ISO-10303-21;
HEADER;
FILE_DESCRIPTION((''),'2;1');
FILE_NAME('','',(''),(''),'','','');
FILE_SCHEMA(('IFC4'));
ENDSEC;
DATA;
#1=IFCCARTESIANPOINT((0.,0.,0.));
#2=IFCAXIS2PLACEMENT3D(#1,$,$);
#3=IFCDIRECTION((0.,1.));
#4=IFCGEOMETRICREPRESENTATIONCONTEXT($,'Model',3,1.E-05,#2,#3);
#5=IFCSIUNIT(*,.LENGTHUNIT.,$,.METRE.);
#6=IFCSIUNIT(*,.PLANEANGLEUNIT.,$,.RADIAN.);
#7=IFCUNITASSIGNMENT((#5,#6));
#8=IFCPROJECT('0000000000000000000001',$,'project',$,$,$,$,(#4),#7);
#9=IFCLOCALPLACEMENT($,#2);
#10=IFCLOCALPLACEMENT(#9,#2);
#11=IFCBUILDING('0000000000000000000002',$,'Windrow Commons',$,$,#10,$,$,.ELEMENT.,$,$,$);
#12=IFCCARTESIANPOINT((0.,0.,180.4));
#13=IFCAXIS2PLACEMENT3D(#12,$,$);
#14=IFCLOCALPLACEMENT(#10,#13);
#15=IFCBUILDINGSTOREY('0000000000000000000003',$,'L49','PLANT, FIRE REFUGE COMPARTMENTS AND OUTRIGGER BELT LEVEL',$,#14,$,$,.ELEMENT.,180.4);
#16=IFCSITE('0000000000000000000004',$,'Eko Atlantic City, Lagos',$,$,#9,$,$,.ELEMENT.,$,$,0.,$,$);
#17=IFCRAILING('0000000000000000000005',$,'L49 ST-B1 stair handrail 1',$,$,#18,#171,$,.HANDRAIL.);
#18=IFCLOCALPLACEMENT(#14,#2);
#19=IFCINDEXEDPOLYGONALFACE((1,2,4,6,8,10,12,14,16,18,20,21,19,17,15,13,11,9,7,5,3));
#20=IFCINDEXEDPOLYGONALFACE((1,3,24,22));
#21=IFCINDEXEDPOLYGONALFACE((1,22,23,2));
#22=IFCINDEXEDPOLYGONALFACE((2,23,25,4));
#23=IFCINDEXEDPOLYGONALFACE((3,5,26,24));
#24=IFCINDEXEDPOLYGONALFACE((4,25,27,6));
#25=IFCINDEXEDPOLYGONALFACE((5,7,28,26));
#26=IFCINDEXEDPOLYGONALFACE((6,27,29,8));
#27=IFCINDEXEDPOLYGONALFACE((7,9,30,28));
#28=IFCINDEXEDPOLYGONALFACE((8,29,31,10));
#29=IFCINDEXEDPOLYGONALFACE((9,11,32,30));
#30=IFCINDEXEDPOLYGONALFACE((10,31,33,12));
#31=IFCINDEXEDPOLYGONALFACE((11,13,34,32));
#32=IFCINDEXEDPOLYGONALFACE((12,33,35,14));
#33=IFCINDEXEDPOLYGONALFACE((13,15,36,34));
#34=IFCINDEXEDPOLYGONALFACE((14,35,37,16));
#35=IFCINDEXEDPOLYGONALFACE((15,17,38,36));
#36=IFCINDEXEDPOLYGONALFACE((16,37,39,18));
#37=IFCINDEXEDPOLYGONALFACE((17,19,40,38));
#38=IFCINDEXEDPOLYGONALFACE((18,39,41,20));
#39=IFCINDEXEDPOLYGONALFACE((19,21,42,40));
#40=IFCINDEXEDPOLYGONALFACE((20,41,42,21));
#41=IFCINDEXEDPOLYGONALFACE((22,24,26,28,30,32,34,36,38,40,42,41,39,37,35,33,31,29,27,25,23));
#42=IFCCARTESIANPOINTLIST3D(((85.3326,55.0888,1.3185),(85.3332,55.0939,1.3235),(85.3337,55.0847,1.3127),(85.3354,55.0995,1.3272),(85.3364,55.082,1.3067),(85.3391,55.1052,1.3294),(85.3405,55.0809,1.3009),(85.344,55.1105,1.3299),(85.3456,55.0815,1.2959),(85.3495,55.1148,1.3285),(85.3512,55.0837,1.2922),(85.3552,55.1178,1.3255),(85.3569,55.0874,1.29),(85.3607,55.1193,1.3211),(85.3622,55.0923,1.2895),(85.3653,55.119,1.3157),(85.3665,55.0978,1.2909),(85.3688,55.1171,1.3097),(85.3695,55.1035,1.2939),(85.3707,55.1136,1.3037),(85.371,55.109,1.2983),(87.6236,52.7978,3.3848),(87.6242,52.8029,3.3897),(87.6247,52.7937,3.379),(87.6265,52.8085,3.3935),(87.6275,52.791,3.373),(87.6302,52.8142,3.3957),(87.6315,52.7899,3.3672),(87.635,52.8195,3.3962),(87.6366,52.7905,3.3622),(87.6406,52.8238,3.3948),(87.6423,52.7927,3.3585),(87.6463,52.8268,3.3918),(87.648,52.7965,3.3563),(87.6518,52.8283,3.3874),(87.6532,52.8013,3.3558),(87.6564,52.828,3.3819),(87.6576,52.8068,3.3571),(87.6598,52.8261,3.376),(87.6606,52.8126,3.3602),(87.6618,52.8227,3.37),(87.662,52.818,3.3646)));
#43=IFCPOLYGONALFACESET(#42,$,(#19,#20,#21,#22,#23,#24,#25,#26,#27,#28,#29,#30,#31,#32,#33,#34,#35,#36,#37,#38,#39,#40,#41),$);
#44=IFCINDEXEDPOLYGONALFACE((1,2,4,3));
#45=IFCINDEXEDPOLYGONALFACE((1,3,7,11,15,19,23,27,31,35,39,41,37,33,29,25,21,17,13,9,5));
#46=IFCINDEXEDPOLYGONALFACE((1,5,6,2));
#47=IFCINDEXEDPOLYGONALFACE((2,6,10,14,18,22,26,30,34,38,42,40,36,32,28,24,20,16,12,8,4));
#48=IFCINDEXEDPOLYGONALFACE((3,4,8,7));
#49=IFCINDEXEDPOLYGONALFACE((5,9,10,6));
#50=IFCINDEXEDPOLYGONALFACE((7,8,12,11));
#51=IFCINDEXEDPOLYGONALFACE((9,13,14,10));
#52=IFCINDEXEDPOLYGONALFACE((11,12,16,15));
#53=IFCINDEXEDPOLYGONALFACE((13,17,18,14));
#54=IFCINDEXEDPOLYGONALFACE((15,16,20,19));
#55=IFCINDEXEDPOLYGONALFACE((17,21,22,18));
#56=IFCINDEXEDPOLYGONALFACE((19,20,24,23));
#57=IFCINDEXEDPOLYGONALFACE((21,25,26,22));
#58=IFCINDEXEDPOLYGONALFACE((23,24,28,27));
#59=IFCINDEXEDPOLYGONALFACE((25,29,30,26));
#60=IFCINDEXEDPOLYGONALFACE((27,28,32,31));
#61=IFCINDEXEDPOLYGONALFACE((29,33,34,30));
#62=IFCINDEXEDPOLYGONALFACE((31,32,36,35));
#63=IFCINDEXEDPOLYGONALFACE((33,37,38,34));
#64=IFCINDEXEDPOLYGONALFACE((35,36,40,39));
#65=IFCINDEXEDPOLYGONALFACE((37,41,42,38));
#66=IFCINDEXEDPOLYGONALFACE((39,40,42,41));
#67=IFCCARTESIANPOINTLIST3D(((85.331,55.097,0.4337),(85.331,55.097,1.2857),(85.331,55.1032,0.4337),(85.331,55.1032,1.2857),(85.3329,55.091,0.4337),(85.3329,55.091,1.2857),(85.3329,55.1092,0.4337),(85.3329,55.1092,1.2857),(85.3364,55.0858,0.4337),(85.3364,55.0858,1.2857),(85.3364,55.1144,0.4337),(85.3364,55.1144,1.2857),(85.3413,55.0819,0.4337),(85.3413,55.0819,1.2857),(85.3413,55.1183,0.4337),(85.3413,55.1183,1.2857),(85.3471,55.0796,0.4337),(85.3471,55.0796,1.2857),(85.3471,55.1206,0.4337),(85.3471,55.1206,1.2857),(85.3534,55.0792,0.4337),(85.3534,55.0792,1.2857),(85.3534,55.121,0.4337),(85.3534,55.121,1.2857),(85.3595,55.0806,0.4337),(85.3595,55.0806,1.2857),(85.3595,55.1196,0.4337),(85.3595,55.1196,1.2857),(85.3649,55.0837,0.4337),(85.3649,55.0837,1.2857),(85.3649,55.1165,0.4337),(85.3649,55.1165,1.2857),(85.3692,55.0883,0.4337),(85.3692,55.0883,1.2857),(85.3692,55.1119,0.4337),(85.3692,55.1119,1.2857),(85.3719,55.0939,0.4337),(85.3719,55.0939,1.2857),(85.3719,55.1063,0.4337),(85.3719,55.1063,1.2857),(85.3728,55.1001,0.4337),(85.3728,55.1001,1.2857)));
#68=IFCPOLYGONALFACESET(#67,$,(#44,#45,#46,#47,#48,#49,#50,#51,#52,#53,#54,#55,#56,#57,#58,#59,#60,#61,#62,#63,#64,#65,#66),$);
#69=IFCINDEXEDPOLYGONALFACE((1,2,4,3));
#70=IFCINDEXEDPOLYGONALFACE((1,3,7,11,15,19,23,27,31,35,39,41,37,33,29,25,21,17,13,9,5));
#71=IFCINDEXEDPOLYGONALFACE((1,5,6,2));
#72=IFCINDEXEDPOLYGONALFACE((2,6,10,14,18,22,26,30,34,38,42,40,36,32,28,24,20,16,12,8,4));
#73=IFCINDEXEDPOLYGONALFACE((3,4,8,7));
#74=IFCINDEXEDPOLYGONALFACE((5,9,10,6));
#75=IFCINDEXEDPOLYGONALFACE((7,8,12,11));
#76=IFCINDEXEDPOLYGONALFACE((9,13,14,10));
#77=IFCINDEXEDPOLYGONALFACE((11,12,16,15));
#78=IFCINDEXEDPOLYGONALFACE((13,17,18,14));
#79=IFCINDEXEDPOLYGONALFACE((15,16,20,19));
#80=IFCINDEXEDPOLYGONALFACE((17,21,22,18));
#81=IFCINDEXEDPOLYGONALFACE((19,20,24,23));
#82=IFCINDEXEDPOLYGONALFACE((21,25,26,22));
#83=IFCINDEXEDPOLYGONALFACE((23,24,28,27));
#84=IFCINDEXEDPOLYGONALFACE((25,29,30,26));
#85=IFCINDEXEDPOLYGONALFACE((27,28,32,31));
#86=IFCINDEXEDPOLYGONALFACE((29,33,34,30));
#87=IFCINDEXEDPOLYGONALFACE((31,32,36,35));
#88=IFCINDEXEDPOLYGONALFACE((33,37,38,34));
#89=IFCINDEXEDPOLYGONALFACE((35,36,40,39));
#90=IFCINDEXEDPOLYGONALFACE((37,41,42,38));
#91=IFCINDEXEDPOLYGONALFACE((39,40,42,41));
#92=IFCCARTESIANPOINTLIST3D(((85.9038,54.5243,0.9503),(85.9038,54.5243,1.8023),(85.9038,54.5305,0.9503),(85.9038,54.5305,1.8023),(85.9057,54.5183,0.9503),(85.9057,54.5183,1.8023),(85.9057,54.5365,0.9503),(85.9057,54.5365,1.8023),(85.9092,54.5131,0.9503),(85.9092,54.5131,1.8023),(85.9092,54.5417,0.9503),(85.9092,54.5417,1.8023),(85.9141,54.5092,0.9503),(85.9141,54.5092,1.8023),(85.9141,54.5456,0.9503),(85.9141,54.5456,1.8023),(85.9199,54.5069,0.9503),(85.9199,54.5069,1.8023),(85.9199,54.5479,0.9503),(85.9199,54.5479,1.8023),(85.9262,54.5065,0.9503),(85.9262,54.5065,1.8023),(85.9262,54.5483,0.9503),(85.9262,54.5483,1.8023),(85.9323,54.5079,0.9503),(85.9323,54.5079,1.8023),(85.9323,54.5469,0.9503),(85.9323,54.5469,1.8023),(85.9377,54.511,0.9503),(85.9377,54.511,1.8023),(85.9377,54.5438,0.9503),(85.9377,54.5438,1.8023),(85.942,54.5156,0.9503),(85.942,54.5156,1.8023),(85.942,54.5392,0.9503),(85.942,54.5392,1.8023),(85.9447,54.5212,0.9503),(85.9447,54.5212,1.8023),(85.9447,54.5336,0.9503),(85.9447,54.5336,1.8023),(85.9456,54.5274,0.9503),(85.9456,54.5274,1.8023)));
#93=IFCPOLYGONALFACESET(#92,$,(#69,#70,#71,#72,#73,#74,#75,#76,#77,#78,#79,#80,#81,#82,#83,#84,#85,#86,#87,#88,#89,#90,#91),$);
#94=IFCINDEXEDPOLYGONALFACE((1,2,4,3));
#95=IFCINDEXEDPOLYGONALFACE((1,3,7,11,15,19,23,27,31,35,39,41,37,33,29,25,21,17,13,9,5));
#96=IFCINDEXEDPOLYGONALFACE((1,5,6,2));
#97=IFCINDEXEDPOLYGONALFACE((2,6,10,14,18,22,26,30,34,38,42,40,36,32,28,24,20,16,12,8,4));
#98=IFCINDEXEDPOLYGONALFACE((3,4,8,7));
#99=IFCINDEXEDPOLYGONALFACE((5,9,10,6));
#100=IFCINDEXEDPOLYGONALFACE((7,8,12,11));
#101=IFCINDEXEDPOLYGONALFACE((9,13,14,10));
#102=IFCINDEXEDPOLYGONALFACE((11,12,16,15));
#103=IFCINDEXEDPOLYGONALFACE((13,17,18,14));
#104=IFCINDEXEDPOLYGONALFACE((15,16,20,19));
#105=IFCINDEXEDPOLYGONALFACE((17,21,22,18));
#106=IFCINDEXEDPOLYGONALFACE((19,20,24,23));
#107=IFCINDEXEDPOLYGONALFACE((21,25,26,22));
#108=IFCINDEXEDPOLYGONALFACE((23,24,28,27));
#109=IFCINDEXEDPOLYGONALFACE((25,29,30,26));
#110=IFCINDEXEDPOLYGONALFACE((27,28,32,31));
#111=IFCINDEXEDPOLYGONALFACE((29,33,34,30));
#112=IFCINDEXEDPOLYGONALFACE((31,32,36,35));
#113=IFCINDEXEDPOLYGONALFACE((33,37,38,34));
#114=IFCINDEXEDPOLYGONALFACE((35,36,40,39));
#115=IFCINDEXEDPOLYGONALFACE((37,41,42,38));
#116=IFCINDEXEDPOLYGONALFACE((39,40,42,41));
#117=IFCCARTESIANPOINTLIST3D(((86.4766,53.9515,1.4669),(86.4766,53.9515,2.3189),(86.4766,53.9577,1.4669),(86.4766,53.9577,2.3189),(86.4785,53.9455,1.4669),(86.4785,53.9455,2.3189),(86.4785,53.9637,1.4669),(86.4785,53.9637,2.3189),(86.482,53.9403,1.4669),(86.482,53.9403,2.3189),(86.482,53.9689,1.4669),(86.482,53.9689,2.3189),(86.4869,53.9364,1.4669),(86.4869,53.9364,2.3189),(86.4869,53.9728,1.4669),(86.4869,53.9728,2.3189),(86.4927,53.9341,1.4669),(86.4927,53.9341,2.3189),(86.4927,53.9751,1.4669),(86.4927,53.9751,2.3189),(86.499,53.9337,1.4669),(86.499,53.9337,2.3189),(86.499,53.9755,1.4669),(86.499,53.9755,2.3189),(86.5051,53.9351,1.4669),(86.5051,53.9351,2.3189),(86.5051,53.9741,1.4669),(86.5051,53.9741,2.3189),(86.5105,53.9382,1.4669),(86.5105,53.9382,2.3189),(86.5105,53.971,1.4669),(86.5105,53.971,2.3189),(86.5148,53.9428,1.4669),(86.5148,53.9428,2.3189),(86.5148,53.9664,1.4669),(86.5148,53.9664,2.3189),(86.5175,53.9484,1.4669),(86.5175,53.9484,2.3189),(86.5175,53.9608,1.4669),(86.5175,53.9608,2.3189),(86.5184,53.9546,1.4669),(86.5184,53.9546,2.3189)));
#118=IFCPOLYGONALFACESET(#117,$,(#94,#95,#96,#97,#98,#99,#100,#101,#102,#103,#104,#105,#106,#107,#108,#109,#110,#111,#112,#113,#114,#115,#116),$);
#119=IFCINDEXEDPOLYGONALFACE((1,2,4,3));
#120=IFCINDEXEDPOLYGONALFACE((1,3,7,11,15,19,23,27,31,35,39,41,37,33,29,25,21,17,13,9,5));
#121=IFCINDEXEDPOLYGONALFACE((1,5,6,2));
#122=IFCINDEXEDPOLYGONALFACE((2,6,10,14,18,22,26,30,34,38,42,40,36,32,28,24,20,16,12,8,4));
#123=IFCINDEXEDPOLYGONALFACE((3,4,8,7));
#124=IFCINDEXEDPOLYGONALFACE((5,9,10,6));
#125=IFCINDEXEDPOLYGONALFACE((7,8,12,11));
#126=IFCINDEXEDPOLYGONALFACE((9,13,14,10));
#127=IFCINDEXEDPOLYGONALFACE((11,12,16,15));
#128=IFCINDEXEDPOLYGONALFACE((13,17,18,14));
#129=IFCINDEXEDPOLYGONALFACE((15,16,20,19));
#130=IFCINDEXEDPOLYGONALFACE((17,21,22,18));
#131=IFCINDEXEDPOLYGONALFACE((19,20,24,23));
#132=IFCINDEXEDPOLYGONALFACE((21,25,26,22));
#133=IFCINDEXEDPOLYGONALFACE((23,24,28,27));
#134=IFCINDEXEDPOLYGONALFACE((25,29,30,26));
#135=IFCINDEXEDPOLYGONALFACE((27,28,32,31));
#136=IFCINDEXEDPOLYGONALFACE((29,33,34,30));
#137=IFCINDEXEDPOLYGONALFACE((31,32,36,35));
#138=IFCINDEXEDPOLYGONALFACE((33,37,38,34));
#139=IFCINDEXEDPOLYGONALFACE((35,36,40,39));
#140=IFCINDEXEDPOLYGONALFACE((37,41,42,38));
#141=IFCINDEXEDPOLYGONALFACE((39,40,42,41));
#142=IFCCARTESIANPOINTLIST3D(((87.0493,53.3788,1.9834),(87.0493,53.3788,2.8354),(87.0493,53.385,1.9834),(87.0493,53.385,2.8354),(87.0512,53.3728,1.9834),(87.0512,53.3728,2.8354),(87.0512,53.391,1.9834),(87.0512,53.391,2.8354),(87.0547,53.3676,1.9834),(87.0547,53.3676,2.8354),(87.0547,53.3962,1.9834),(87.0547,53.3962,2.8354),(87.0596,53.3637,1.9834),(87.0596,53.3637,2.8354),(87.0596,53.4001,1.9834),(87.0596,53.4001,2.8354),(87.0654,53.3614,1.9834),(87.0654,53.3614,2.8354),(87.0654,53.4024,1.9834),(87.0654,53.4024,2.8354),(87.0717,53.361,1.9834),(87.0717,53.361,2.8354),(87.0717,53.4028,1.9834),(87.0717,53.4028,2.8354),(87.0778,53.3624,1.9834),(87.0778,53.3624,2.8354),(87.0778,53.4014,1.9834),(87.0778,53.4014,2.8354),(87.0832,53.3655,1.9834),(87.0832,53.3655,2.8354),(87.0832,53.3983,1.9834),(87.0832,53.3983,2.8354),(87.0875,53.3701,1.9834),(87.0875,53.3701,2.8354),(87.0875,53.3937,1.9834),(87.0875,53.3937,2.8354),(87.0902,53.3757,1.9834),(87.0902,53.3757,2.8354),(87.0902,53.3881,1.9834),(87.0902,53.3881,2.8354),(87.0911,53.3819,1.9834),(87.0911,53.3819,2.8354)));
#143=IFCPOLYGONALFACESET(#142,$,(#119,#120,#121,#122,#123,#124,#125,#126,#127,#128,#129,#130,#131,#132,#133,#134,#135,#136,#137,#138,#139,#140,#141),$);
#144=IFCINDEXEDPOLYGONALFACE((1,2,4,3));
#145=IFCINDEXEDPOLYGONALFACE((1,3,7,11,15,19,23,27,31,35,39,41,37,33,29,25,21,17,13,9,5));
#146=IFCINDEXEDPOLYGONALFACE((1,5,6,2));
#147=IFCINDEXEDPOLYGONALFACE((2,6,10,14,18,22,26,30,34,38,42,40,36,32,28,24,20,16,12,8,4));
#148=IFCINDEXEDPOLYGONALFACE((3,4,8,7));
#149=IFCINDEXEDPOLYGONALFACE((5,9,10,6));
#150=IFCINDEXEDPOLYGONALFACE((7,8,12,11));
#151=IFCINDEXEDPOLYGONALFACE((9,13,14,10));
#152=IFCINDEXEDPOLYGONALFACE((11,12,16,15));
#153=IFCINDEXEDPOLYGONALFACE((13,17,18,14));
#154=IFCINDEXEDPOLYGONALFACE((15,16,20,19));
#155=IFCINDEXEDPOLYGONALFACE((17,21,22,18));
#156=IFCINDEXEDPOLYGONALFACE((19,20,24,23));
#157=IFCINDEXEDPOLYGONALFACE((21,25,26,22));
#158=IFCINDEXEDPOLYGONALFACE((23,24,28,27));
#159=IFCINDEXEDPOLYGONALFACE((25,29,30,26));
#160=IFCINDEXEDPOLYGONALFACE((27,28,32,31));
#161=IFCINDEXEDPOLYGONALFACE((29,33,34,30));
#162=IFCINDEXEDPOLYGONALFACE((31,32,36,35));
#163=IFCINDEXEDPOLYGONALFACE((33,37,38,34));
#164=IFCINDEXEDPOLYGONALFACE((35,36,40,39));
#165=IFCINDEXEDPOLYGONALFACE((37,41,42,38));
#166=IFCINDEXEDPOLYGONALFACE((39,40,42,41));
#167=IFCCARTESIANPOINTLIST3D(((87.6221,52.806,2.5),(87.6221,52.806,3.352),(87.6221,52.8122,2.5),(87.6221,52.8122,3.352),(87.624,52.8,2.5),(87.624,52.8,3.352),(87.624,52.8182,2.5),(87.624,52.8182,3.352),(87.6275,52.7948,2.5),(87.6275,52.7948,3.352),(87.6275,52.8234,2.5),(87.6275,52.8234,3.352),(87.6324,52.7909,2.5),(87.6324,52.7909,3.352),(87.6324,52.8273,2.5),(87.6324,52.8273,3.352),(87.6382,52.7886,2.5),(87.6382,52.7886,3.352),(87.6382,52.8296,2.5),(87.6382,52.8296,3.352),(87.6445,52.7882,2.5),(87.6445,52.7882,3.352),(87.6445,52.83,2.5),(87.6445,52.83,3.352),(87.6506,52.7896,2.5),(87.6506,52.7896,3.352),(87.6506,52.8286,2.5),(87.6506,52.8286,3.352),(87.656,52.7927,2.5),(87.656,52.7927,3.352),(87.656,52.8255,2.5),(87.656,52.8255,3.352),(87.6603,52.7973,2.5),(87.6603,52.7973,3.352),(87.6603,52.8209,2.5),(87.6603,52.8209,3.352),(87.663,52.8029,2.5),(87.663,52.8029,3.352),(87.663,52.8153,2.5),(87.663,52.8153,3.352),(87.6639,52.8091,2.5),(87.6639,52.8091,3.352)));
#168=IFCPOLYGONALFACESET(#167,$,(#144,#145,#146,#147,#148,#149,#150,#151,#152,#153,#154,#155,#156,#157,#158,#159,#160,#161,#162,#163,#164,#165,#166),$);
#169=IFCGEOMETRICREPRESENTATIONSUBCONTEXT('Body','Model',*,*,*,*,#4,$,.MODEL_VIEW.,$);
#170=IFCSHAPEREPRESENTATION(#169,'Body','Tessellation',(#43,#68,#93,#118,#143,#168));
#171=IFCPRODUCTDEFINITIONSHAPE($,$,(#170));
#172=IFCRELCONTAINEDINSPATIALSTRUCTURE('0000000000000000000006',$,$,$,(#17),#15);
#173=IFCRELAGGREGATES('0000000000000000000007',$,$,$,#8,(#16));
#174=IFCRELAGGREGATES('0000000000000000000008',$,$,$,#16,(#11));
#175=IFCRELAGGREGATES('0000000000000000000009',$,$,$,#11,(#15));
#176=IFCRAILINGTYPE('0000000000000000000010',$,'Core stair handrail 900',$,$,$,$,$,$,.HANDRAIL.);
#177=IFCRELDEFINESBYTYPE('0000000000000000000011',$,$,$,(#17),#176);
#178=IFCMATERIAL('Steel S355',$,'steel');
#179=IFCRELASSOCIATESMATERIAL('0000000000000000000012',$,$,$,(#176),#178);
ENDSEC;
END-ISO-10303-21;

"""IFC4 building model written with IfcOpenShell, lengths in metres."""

from ifc_helpers import new_model, si_unit, direction, frame, origin, origin_2d, place, context, subcontext, project, spatial, circle, extrude, material, type_object, element, save


model = new_model("IFC4")

# Units and contexts
model_context = context("Model", 3, precision=1e-05, world=origin(), true_north=direction((0.0, 1.0)))
body_context = subcontext(model_context, "Body", "Model", "MODEL_VIEW")
ifc_project = project(units=[si_unit("LENGTHUNIT", "METRE"), si_unit("PLANEANGLEUNIT", "RADIAN")], contexts=[model_context])

# Site, building, storey
site_placement = place(None, origin())
site = spatial("IfcSite", under=ifc_project, at=site_placement, Name="Eko Atlantic City, Lagos", CompositionType="ELEMENT", RefElevation=0.0)
building_placement = place(site_placement, origin())
building = spatial("IfcBuilding", under=site, at=building_placement, Name="Windrow Commons", CompositionType="ELEMENT")
storey_placement = place(building_placement, frame((0.0, 0.0, 180.4)))
storey = spatial("IfcBuildingStorey", under=building, at=storey_placement, Name="L49", Description="PLANT, FIRE REFUGE COMPARTMENTS AND OUTRIGGER BELT LEVEL", CompositionType="ELEMENT", Elevation=180.4)

# Railing
ifc_material_1 = material(Name="Steel S355", Category="steel")
railing_type_1 = type_object("IfcRailingType", Name="Core stair handrail 900", PredefinedType="HANDRAIL", material=ifc_material_1)
railing_1_placement = place(storey_placement, frame((85.3518, 55.1001, 0.4337)))
element("IfcRailing", 1, at=railing_1_placement, inside=storey, type_object=railing_type_1, Name="L49 ST-B1 stair handrail 1", PredefinedType="HANDRAIL", context=body_context, shape_type="SweptSolid", body=[
    extrude(circle(Radius=0.024, at=origin_2d()), frame((0.0, 0.0, 0.876), z_axis=(0.5962, -0.596174, 0.537701), x_axis=(0.707091, 0.707122, 0.0)), (0.0, 0.0, 1.0), 3.8428),
    extrude(circle(Radius=0.021, at=origin_2d()), origin(), (0.0, 0.0, 1.0), 0.852),
    extrude(circle(Radius=0.021, at=origin_2d()), frame((0.5728, -0.5727, 0.5166)), (0.0, 0.0, 1.0), 0.852),
    extrude(circle(Radius=0.021, at=origin_2d()), frame((1.1456, -1.1455, 1.0332)), (0.0, 0.0, 1.0), 0.852),
    extrude(circle(Radius=0.021, at=origin_2d()), frame((1.7183, -1.7182, 1.5497)), (0.0, 0.0, 1.0), 0.852),
    extrude(circle(Radius=0.021, at=origin_2d()), frame((2.2911, -2.291, 2.0663)), (0.0, 0.0, 1.0), 0.852),
])

save(model, "model.ifc")
